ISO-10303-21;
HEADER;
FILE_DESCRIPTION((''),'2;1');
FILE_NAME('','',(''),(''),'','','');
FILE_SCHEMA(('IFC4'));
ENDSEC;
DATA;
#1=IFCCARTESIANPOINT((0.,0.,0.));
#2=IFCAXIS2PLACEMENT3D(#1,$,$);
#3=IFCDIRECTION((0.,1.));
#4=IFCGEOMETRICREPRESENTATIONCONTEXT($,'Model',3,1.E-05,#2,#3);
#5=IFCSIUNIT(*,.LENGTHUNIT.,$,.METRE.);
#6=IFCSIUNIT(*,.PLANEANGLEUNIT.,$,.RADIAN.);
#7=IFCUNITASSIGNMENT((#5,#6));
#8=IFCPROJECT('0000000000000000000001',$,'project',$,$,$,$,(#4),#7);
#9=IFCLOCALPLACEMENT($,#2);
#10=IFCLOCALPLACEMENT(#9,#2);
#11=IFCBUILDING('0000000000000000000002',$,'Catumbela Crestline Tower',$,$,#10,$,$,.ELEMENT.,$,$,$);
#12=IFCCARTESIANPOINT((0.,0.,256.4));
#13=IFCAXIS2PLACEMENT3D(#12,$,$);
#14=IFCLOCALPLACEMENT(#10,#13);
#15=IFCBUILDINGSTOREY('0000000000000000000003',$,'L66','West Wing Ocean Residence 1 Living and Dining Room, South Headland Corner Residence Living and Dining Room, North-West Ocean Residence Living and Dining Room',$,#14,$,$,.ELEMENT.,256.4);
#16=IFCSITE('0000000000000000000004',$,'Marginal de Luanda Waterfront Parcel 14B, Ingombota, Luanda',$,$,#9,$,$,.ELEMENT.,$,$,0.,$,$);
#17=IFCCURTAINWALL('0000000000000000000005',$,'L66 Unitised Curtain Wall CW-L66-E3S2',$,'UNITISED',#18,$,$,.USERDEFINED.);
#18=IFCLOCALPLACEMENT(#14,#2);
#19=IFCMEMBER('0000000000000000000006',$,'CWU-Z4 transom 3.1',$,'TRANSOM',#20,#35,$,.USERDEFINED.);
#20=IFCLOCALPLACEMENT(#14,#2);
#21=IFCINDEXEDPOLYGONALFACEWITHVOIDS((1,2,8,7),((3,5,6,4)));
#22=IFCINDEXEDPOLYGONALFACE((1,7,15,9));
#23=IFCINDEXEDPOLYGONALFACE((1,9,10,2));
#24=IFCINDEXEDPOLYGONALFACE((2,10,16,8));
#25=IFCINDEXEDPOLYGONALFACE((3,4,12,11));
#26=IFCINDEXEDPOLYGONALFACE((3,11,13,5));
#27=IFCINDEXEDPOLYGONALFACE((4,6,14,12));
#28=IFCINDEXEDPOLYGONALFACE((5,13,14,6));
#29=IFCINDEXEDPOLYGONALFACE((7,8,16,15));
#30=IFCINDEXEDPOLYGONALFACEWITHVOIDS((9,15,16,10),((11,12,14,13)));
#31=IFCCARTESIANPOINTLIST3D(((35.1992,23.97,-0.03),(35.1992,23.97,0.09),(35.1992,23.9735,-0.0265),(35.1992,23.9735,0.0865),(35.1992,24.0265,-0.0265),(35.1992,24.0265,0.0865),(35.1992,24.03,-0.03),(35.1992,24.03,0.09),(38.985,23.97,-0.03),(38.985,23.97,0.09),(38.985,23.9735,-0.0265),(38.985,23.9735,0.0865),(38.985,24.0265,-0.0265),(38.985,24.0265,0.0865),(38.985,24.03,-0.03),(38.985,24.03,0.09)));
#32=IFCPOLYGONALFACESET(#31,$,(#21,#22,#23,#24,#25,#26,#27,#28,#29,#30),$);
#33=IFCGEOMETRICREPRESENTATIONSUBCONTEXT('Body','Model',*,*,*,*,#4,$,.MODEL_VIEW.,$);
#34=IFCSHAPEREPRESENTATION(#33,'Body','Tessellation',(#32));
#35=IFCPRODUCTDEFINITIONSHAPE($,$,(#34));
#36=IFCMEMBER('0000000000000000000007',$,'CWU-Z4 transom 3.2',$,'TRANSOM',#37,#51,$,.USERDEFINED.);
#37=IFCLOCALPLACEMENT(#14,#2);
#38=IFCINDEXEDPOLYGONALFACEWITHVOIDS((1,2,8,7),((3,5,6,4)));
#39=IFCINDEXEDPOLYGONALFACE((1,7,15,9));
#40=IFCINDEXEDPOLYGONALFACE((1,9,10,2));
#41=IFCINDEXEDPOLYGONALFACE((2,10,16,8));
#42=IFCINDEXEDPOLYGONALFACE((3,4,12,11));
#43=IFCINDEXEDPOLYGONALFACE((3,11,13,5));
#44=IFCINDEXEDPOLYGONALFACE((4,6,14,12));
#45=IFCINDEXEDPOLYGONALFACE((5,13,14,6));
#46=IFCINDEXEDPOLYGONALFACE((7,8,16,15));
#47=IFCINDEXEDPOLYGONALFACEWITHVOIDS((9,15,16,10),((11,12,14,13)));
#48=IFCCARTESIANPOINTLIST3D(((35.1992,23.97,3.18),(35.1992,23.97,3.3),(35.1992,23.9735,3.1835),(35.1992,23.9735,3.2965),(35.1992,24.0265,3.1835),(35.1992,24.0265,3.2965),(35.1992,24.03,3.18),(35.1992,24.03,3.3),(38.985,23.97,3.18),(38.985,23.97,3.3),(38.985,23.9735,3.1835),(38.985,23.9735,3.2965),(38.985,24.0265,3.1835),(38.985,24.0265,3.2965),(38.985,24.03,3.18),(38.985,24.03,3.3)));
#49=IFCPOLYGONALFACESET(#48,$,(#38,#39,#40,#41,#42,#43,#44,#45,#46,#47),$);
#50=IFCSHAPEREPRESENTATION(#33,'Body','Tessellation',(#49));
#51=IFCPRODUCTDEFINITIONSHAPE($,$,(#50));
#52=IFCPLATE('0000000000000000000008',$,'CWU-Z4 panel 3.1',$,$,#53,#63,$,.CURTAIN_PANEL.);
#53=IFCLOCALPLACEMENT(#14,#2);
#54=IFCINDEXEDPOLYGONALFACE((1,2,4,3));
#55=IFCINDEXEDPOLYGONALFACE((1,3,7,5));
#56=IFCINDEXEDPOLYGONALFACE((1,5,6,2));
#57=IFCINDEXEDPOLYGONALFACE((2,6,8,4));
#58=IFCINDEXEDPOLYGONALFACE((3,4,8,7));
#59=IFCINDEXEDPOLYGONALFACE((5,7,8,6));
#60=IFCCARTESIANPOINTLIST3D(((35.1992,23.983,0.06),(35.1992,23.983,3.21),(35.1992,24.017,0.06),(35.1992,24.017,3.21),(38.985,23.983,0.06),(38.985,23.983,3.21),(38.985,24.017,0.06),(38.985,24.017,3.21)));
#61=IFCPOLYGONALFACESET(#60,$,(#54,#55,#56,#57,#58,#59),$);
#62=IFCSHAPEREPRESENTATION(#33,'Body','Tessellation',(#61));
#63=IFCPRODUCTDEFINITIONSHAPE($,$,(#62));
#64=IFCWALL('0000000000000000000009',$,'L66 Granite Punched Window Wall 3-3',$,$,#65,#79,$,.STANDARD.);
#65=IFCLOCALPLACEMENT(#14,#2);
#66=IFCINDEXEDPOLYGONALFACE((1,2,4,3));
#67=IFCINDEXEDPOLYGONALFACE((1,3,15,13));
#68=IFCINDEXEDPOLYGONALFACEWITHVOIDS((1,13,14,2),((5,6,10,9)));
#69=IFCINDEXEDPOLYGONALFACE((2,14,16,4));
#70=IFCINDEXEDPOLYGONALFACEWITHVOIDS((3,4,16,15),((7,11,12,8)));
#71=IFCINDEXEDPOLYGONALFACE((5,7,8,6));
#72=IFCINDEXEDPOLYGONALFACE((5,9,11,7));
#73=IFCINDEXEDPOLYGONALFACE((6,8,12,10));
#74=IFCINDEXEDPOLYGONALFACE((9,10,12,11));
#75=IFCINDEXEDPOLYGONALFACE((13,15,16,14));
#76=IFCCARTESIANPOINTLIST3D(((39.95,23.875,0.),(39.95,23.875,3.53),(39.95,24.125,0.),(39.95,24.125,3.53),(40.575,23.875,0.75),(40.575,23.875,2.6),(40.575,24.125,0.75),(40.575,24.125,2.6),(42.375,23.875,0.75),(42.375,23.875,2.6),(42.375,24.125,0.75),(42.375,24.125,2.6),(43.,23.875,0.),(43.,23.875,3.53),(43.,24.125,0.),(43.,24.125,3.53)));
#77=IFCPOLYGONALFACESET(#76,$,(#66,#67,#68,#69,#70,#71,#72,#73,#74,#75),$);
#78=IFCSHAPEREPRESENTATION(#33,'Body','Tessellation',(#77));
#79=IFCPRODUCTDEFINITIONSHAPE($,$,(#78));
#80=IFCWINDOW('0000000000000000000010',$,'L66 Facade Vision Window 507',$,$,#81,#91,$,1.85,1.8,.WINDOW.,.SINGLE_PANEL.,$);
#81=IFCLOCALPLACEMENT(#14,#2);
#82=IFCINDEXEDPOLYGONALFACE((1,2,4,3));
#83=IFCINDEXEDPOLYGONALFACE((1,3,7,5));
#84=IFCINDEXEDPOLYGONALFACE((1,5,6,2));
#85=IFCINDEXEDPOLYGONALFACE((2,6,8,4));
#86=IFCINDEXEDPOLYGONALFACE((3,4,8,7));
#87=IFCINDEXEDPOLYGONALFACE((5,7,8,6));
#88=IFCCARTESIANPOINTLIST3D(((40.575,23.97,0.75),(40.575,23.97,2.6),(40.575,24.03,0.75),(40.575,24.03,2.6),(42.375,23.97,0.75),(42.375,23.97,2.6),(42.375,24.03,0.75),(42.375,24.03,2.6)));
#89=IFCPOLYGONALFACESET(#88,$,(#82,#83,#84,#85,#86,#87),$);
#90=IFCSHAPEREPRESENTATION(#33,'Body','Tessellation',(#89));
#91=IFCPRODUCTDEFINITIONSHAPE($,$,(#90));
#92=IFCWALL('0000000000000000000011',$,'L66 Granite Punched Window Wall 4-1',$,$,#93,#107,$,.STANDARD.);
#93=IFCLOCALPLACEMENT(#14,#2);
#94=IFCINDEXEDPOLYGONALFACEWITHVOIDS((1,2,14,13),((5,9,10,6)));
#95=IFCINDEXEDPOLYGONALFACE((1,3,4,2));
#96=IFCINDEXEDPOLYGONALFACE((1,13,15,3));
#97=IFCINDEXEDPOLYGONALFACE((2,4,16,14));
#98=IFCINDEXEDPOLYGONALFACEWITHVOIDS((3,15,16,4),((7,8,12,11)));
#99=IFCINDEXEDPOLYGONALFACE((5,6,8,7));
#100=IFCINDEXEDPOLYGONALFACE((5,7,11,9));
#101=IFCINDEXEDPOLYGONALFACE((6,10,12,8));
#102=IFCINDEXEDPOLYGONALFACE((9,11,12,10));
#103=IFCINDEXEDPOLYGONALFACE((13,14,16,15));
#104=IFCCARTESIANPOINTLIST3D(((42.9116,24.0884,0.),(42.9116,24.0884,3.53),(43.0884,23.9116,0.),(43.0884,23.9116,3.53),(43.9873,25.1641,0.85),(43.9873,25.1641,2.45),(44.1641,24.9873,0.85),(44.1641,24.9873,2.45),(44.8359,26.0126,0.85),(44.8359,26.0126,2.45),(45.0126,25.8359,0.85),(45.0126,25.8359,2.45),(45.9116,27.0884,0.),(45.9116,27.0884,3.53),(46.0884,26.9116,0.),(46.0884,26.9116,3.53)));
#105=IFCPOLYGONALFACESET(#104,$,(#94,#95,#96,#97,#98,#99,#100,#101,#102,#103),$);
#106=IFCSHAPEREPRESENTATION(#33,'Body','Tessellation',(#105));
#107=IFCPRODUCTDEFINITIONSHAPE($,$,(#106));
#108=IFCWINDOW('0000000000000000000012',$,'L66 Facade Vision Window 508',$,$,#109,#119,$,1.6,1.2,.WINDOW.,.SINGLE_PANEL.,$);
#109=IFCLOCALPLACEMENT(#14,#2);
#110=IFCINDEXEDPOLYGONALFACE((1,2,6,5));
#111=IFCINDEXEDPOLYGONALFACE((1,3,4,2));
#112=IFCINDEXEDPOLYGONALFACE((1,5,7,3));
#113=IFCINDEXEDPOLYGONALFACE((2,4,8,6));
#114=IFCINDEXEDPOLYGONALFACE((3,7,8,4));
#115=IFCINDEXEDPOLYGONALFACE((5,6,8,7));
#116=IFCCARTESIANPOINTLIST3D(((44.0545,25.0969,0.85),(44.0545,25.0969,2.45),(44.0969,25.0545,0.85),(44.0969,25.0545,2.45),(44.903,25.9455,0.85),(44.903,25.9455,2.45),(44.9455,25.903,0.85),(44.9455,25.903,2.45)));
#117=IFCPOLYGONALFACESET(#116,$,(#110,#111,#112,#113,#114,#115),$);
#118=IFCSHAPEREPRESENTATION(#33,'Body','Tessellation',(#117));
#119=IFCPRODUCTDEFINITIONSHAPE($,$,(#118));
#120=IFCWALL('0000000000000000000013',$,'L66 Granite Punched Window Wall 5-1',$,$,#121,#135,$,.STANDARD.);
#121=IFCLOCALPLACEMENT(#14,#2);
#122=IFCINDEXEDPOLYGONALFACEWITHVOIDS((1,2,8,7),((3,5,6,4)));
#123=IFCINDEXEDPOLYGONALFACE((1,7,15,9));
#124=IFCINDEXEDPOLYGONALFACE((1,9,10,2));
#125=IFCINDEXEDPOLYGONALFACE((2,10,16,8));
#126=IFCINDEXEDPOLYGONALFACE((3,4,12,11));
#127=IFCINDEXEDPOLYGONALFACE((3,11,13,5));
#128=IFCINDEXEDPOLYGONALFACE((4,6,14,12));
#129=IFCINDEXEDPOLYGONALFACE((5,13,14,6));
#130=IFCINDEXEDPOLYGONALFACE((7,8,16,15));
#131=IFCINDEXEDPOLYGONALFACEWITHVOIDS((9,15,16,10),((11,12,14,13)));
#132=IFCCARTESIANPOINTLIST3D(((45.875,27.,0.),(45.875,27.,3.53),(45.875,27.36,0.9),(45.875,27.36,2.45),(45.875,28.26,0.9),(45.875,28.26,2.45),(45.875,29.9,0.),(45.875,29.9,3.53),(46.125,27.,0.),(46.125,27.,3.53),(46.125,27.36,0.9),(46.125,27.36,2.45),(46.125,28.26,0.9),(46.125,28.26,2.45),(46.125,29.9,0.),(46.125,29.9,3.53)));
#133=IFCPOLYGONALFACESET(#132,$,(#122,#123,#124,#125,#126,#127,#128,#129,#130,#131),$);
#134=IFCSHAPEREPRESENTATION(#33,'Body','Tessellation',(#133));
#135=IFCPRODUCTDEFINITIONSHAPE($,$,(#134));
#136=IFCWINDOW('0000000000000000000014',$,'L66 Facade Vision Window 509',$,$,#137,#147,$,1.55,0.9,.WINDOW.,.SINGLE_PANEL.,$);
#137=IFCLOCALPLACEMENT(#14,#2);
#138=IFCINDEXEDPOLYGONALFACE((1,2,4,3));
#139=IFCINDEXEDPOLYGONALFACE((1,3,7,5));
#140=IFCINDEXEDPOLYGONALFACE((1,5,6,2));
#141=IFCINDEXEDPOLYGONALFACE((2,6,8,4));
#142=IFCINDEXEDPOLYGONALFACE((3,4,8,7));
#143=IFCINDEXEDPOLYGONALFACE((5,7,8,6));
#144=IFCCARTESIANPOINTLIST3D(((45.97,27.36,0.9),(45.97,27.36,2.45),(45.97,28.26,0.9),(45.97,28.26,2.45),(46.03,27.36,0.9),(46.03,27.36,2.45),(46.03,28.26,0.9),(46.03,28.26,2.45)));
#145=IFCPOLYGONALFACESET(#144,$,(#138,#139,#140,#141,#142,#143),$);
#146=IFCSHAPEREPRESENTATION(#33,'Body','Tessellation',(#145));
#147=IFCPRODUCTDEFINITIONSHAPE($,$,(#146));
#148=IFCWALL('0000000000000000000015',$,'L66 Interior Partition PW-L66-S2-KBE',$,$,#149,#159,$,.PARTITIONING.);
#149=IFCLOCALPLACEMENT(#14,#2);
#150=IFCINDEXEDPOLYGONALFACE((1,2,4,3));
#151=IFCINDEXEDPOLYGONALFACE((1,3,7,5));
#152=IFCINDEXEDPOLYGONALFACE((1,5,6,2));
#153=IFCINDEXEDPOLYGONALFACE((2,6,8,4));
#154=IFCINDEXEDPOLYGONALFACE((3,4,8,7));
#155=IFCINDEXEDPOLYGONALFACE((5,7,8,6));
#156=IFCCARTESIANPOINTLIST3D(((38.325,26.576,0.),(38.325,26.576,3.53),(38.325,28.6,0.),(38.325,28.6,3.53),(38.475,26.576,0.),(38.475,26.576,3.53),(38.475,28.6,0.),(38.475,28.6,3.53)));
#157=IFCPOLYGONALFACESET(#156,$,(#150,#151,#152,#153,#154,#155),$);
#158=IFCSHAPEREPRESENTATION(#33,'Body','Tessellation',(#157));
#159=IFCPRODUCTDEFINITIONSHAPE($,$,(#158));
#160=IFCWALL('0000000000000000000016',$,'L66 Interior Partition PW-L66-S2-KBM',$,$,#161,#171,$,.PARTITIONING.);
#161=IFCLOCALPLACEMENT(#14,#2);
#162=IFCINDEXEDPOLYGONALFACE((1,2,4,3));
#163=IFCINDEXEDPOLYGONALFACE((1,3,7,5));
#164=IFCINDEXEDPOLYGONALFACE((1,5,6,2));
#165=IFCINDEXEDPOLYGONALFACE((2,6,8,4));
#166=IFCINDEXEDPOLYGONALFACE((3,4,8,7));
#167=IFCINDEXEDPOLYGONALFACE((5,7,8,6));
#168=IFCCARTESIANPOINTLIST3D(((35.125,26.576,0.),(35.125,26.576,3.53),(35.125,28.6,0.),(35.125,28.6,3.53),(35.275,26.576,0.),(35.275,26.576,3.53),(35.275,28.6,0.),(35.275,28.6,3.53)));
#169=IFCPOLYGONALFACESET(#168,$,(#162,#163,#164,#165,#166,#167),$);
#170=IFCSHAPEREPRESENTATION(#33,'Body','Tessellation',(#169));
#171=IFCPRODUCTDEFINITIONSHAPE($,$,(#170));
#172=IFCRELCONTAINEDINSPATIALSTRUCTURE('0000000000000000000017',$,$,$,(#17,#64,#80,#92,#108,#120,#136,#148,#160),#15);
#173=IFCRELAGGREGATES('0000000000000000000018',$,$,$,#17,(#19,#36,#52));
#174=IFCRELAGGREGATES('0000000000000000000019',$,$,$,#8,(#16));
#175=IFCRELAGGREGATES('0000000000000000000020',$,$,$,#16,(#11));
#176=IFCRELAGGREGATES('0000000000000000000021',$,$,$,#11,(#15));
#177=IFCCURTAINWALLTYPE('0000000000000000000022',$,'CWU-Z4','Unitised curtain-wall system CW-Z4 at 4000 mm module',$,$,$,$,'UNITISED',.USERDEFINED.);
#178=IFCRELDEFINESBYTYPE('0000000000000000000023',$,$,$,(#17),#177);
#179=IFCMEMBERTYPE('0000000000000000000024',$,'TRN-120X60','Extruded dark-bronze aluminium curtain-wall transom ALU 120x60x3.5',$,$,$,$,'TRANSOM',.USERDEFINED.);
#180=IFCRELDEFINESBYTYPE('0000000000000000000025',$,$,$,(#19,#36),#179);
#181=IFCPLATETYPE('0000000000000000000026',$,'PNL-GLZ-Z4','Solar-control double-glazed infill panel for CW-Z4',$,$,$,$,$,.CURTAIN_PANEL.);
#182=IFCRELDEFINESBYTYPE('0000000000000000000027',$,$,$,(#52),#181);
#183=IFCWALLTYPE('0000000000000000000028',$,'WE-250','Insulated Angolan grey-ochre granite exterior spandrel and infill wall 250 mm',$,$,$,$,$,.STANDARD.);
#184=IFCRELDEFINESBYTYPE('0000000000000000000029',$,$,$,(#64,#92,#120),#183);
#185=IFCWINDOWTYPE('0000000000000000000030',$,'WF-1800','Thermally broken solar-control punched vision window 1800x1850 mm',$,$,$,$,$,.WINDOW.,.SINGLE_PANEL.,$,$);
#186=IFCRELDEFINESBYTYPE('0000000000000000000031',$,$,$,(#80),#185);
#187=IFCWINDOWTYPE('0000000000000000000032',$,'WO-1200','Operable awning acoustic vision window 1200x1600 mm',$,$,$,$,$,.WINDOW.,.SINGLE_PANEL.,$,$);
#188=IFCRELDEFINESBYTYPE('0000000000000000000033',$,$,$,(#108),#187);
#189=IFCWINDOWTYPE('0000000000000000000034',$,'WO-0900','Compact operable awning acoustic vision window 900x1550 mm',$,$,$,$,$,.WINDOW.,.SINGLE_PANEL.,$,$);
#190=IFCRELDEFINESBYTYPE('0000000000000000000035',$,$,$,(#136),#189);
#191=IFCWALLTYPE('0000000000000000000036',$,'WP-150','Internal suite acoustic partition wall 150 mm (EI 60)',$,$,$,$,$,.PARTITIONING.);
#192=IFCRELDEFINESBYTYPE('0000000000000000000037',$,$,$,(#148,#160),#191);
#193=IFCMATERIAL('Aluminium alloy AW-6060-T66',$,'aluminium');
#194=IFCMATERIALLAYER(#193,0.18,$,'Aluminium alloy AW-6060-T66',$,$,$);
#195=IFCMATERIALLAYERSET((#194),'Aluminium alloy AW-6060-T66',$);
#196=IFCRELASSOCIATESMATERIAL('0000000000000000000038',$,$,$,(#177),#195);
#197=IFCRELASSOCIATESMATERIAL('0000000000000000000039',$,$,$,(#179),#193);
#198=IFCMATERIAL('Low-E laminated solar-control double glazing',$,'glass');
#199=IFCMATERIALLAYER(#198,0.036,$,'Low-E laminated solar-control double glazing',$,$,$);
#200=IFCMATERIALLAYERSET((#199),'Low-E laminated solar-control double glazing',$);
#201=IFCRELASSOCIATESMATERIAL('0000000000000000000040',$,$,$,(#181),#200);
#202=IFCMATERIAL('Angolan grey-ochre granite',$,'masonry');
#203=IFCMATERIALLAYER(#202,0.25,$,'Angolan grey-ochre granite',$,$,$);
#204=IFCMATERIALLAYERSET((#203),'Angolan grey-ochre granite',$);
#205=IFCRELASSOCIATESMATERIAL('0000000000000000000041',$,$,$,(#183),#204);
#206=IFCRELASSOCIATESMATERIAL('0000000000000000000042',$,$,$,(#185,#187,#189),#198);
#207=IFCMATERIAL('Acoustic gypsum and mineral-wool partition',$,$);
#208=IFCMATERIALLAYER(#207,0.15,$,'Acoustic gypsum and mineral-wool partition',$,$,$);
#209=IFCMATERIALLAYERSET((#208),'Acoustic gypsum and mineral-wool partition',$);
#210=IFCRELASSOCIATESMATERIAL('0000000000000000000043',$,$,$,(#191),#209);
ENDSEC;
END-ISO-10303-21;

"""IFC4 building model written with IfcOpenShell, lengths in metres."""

from ifc_helpers import new_model, si_unit, direction, frame, frame_2d, origin, origin_2d, place, context, subcontext, project, spatial, rectangle, hollow_rectangle, extrude, material, layer, layer_set, material_profile, profile_set, type_object, element, fill, aggregate, save


model = new_model("IFC4")

# Units and contexts
model_context = context("Model", 3, precision=1e-05, world=origin(), true_north=direction((0.0, 1.0)))
body_context = subcontext(model_context, "Body", "Model", "MODEL_VIEW")
ifc_project = project(units=[si_unit("LENGTHUNIT", "METRE"), si_unit("PLANEANGLEUNIT", "RADIAN")], contexts=[model_context])

# Site, building, storey
site_placement = place(None, origin())
site = spatial("IfcSite", under=ifc_project, at=site_placement, Name="Marginal de Luanda Waterfront Parcel 14B, Ingombota, Luanda", CompositionType="ELEMENT", RefElevation=0.0)
building_placement = place(site_placement, origin())
building = spatial("IfcBuilding", under=site, at=building_placement, Name="Catumbela Crestline Tower", CompositionType="ELEMENT")
storey_placement = place(building_placement, frame((0.0, 0.0, 256.4)))
storey = spatial("IfcBuildingStorey", under=building, at=storey_placement, Name="L66", Description="West Wing Ocean Residence 1 Living and Dining Room, South Headland Corner Residence Living and Dining Room, North-West Ocean Residence Living and Dining Room", CompositionType="ELEMENT", Elevation=256.4)

# Curtain wall, members, plate
ifc_material_1 = material(Name="Aluminium alloy AW-6060-T66", Category="aluminium")
ifc_layer_1 = layer(ifc_material_1, 0.18, Name="Aluminium alloy AW-6060-T66")
ifc_layer_set_1 = layer_set([ifc_layer_1], Name="Aluminium alloy AW-6060-T66")
curtain_wall_type = type_object("IfcCurtainWallType", Name="CWU-Z4", Description="Unitised curtain-wall system CW-Z4 at 4000 mm module", ElementType="UNITISED", PredefinedType="USERDEFINED", material=ifc_layer_set_1)
curtain_wall_placement = place(storey_placement, origin())
curtain_wall = element("IfcCurtainWall", 1, at=curtain_wall_placement, inside=storey, type_object=curtain_wall_type, Name="L66 Unitised Curtain Wall CW-L66-E3S2", ObjectType="UNITISED", PredefinedType="USERDEFINED")
ifc_material_profile_1 = material_profile(ifc_material_1, hollow_rectangle(XDim=0.06, YDim=0.12, WallThickness=0.0035, at=origin_2d()), Name="ALU 120x60x3.5")
ifc_profile_set_1 = profile_set([ifc_material_profile_1], Name="Aluminium alloy AW-6060-T66")
member_type_1 = type_object("IfcMemberType", Name="TRN-120X60", Description="Extruded dark-bronze aluminium curtain-wall transom ALU 120x60x3.5", ElementType="TRANSOM", PredefinedType="USERDEFINED", material=ifc_profile_set_1)
member_1_placement = place(storey_placement, frame((35.1992, 24.0, 0.03), z_axis=(1.0, 0.0, 0.0), x_axis=(0.0, 1.0, 0.0)))
member_1 = element("IfcMember", 2, at=member_1_placement, type_object=member_type_1, Name="CWU-Z4 transom 3.1", ObjectType="TRANSOM", PredefinedType="USERDEFINED", context=body_context, shape_type="SweptSolid", body=[
    extrude(hollow_rectangle(XDim=0.06, YDim=0.12, WallThickness=0.0035, at=origin_2d()), origin(), (0.0, 0.0, 1.0), 3.7858),
])
member_2_placement = place(storey_placement, frame((35.1992, 24.0, 3.24), z_axis=(1.0, 0.0, 0.0), x_axis=(0.0, 1.0, 0.0)))
member_2 = element("IfcMember", 3, at=member_2_placement, type_object=member_type_1, Name="CWU-Z4 transom 3.2", ObjectType="TRANSOM", PredefinedType="USERDEFINED", context=body_context, shape_type="SweptSolid", body=[
    extrude(hollow_rectangle(XDim=0.06, YDim=0.12, WallThickness=0.0035, at=origin_2d()), origin(), (0.0, 0.0, 1.0), 3.7858),
])
ifc_material_2 = material(Name="Low-E laminated solar-control double glazing", Category="glass")
ifc_layer_2 = layer(ifc_material_2, 0.036, Name="Low-E laminated solar-control double glazing")
ifc_layer_set_2 = layer_set([ifc_layer_2], Name="Low-E laminated solar-control double glazing")
plate_type = type_object("IfcPlateType", Name="PNL-GLZ-Z4", Description="Solar-control double-glazed infill panel for CW-Z4", PredefinedType="CURTAIN_PANEL", material=ifc_layer_set_2)
plate_placement = place(storey_placement, frame((37.0921, 24.0, 0.06), z_axis=(0.0, 0.0, 1.0), x_axis=(1.0, 0.0, 0.0)))
plate = element("IfcPlate", 4, at=plate_placement, type_object=plate_type, Name="CWU-Z4 panel 3.1", PredefinedType="CURTAIN_PANEL", context=body_context, shape_type="SweptSolid", body=[
    extrude(rectangle(XDim=3.7858, YDim=0.034, at=origin_2d()), origin(), (0.0, 0.0, 1.0), 3.15),
])
aggregate(curtain_wall, [member_1, member_2, plate])

# Walls, openings, windows
ifc_material_3 = material(Name="Angolan grey-ochre granite", Category="masonry")
ifc_layer_3 = layer(ifc_material_3, 0.25, Name="Angolan grey-ochre granite")
ifc_layer_set_3 = layer_set([ifc_layer_3], Name="Angolan grey-ochre granite")
wall_type_1 = type_object("IfcWallType", Name="WE-250", Description="Insulated Angolan grey-ochre granite exterior spandrel and infill wall 250 mm", PredefinedType="STANDARD", material=ifc_layer_set_3)
wall_1_placement = place(storey_placement, frame((39.95, 24.0, 0.0), z_axis=(0.0, 0.0, 1.0), x_axis=(1.0, 0.0, 0.0)))
wall_1 = element("IfcWall", 5, at=wall_1_placement, inside=storey, type_object=wall_type_1, Name="L66 Granite Punched Window Wall 3-3", PredefinedType="STANDARD", context=body_context, shape_type="SweptSolid", body=[
    extrude(rectangle(XDim=3.05, YDim=0.25, at=frame_2d((1.525, 0.0))), origin(), (0.0, 0.0, 1.0), 3.53),
])
opening_1_placement = place(wall_1_placement, frame((0.625, 0.0, 0.75)))
opening_1 = element("IfcOpeningElement", 6, at=opening_1_placement, cuts=wall_1, PredefinedType="OPENING", context=body_context, shape_type="SweptSolid", body=[
    extrude(rectangle(XDim=1.8, YDim=1.85, at=frame_2d((0.9, 0.925))), frame((0.0, 0.135, 0.0), z_axis=(0.0, -1.0, 0.0), x_axis=(1.0, 0.0, 0.0)), (0.0, 0.0, 1.0), 0.27),
])
window_type_1 = type_object("IfcWindowType", Name="WF-1800", Description="Thermally broken solar-control punched vision window 1800x1850 mm", PartitioningType="SINGLE_PANEL", PredefinedType="WINDOW", material=ifc_material_2)
window_1_placement = place(opening_1_placement, origin())
window_1 = element("IfcWindow", 7, at=window_1_placement, inside=storey, type_object=window_type_1, Name="L66 Facade Vision Window 507", OverallHeight=1.85, OverallWidth=1.8, PartitioningType="SINGLE_PANEL", PredefinedType="WINDOW", context=body_context, shape_type="SweptSolid", body=[
    extrude(rectangle(XDim=1.8, YDim=1.85, at=frame_2d((0.9, 0.925))), frame((0.0, 0.03, 0.0), z_axis=(0.0, -1.0, 0.0), x_axis=(1.0, 0.0, 0.0)), (0.0, 0.0, 1.0), 0.06),
])
fill(opening_1, window_1)
wall_2_placement = place(storey_placement, frame((43.0, 24.0, 0.0), z_axis=(0.0, 0.0, 1.0), x_axis=(0.707107, 0.707107, 0.0)))
wall_2 = element("IfcWall", 8, at=wall_2_placement, inside=storey, type_object=wall_type_1, Name="L66 Granite Punched Window Wall 4-1", PredefinedType="STANDARD", context=body_context, shape_type="SweptSolid", body=[
    extrude(rectangle(XDim=4.2426, YDim=0.25, at=frame_2d((2.1213, 0.0))), origin(), (0.0, 0.0, 1.0), 3.53),
])
opening_2_placement = place(wall_2_placement, frame((1.5213, 0.0, 0.85)))
opening_2 = element("IfcOpeningElement", 9, at=opening_2_placement, cuts=wall_2, PredefinedType="OPENING", context=body_context, shape_type="SweptSolid", body=[
    extrude(rectangle(XDim=1.2, YDim=1.6, at=frame_2d((0.6, 0.8))), frame((0.0, 0.135, 0.0), z_axis=(0.0, -1.0, 0.0), x_axis=(1.0, 0.0, 0.0)), (0.0, 0.0, 1.0), 0.27),
])
window_type_2 = type_object("IfcWindowType", Name="WO-1200", Description="Operable awning acoustic vision window 1200x1600 mm", PartitioningType="SINGLE_PANEL", PredefinedType="WINDOW", material=ifc_material_2)
window_2_placement = place(opening_2_placement, origin())
window_2 = element("IfcWindow", 10, at=window_2_placement, inside=storey, type_object=window_type_2, Name="L66 Facade Vision Window 508", OverallHeight=1.6, OverallWidth=1.2, PartitioningType="SINGLE_PANEL", PredefinedType="WINDOW", context=body_context, shape_type="SweptSolid", body=[
    extrude(rectangle(XDim=1.2, YDim=1.6, at=frame_2d((0.6, 0.8))), frame((0.0, 0.03, 0.0), z_axis=(0.0, -1.0, 0.0), x_axis=(1.0, 0.0, 0.0)), (0.0, 0.0, 1.0), 0.06),
])
fill(opening_2, window_2)
wall_3_placement = place(storey_placement, frame((46.0, 27.0, 0.0), z_axis=(0.0, 0.0, 1.0), x_axis=(0.0, 1.0, 0.0)))
wall_3 = element("IfcWall", 11, at=wall_3_placement, inside=storey, type_object=wall_type_1, Name="L66 Granite Punched Window Wall 5-1", PredefinedType="STANDARD", context=body_context, shape_type="SweptSolid", body=[
    extrude(rectangle(XDim=2.9, YDim=0.25, at=frame_2d((1.45, 0.0))), origin(), (0.0, 0.0, 1.0), 3.53),
])
opening_3_placement = place(wall_3_placement, frame((0.36, 0.0, 0.9)))
opening_3 = element("IfcOpeningElement", 12, at=opening_3_placement, cuts=wall_3, PredefinedType="OPENING", context=body_context, shape_type="SweptSolid", body=[
    extrude(rectangle(XDim=0.9, YDim=1.55, at=frame_2d((0.45, 0.775))), frame((0.0, 0.135, 0.0), z_axis=(0.0, -1.0, 0.0), x_axis=(1.0, 0.0, 0.0)), (0.0, 0.0, 1.0), 0.27),
])
window_type_3 = type_object("IfcWindowType", Name="WO-0900", Description="Compact operable awning acoustic vision window 900x1550 mm", PartitioningType="SINGLE_PANEL", PredefinedType="WINDOW", material=ifc_material_2)
window_3_placement = place(opening_3_placement, origin())
window_3 = element("IfcWindow", 13, at=window_3_placement, inside=storey, type_object=window_type_3, Name="L66 Facade Vision Window 509", OverallHeight=1.55, OverallWidth=0.9, PartitioningType="SINGLE_PANEL", PredefinedType="WINDOW", context=body_context, shape_type="SweptSolid", body=[
    extrude(rectangle(XDim=0.9, YDim=1.55, at=frame_2d((0.45, 0.775))), frame((0.0, 0.03, 0.0), z_axis=(0.0, -1.0, 0.0), x_axis=(1.0, 0.0, 0.0)), (0.0, 0.0, 1.0), 0.06),
])
fill(opening_3, window_3)

# Walls
ifc_material_4 = material(Name="Acoustic gypsum and mineral-wool partition")
ifc_layer_4 = layer(ifc_material_4, 0.15, Name="Acoustic gypsum and mineral-wool partition")
ifc_layer_set_4 = layer_set([ifc_layer_4], Name="Acoustic gypsum and mineral-wool partition")
wall_type_2 = type_object("IfcWallType", Name="WP-150", Description="Internal suite acoustic partition wall 150 mm (EI 60)", PredefinedType="PARTITIONING", material=ifc_layer_set_4)
for number, where, z_axis, x_axis, name in (
    (14, (38.4, 26.576, 0.0), (0.0, 0.0, 1.0), (0.0, 1.0, 0.0), "L66 Interior Partition PW-L66-S2-KBE"),
    (15, (35.2, 26.576, 0.0), (0.0, 0.0, 1.0), (0.0, 1.0, 0.0), "L66 Interior Partition PW-L66-S2-KBM"),
):
    element("IfcWall", number, at=place(storey_placement, frame(where, z_axis=z_axis, x_axis=x_axis)), inside=storey, type_object=wall_type_2, Name=name, PredefinedType="PARTITIONING", context=body_context, shape_type="SweptSolid", body=[
        extrude(rectangle(XDim=2.024, YDim=0.15, at=frame_2d((1.012, 0.0))), origin(), (0.0, 0.0, 1.0), 3.53),
    ])

save(model, "model.ifc")
